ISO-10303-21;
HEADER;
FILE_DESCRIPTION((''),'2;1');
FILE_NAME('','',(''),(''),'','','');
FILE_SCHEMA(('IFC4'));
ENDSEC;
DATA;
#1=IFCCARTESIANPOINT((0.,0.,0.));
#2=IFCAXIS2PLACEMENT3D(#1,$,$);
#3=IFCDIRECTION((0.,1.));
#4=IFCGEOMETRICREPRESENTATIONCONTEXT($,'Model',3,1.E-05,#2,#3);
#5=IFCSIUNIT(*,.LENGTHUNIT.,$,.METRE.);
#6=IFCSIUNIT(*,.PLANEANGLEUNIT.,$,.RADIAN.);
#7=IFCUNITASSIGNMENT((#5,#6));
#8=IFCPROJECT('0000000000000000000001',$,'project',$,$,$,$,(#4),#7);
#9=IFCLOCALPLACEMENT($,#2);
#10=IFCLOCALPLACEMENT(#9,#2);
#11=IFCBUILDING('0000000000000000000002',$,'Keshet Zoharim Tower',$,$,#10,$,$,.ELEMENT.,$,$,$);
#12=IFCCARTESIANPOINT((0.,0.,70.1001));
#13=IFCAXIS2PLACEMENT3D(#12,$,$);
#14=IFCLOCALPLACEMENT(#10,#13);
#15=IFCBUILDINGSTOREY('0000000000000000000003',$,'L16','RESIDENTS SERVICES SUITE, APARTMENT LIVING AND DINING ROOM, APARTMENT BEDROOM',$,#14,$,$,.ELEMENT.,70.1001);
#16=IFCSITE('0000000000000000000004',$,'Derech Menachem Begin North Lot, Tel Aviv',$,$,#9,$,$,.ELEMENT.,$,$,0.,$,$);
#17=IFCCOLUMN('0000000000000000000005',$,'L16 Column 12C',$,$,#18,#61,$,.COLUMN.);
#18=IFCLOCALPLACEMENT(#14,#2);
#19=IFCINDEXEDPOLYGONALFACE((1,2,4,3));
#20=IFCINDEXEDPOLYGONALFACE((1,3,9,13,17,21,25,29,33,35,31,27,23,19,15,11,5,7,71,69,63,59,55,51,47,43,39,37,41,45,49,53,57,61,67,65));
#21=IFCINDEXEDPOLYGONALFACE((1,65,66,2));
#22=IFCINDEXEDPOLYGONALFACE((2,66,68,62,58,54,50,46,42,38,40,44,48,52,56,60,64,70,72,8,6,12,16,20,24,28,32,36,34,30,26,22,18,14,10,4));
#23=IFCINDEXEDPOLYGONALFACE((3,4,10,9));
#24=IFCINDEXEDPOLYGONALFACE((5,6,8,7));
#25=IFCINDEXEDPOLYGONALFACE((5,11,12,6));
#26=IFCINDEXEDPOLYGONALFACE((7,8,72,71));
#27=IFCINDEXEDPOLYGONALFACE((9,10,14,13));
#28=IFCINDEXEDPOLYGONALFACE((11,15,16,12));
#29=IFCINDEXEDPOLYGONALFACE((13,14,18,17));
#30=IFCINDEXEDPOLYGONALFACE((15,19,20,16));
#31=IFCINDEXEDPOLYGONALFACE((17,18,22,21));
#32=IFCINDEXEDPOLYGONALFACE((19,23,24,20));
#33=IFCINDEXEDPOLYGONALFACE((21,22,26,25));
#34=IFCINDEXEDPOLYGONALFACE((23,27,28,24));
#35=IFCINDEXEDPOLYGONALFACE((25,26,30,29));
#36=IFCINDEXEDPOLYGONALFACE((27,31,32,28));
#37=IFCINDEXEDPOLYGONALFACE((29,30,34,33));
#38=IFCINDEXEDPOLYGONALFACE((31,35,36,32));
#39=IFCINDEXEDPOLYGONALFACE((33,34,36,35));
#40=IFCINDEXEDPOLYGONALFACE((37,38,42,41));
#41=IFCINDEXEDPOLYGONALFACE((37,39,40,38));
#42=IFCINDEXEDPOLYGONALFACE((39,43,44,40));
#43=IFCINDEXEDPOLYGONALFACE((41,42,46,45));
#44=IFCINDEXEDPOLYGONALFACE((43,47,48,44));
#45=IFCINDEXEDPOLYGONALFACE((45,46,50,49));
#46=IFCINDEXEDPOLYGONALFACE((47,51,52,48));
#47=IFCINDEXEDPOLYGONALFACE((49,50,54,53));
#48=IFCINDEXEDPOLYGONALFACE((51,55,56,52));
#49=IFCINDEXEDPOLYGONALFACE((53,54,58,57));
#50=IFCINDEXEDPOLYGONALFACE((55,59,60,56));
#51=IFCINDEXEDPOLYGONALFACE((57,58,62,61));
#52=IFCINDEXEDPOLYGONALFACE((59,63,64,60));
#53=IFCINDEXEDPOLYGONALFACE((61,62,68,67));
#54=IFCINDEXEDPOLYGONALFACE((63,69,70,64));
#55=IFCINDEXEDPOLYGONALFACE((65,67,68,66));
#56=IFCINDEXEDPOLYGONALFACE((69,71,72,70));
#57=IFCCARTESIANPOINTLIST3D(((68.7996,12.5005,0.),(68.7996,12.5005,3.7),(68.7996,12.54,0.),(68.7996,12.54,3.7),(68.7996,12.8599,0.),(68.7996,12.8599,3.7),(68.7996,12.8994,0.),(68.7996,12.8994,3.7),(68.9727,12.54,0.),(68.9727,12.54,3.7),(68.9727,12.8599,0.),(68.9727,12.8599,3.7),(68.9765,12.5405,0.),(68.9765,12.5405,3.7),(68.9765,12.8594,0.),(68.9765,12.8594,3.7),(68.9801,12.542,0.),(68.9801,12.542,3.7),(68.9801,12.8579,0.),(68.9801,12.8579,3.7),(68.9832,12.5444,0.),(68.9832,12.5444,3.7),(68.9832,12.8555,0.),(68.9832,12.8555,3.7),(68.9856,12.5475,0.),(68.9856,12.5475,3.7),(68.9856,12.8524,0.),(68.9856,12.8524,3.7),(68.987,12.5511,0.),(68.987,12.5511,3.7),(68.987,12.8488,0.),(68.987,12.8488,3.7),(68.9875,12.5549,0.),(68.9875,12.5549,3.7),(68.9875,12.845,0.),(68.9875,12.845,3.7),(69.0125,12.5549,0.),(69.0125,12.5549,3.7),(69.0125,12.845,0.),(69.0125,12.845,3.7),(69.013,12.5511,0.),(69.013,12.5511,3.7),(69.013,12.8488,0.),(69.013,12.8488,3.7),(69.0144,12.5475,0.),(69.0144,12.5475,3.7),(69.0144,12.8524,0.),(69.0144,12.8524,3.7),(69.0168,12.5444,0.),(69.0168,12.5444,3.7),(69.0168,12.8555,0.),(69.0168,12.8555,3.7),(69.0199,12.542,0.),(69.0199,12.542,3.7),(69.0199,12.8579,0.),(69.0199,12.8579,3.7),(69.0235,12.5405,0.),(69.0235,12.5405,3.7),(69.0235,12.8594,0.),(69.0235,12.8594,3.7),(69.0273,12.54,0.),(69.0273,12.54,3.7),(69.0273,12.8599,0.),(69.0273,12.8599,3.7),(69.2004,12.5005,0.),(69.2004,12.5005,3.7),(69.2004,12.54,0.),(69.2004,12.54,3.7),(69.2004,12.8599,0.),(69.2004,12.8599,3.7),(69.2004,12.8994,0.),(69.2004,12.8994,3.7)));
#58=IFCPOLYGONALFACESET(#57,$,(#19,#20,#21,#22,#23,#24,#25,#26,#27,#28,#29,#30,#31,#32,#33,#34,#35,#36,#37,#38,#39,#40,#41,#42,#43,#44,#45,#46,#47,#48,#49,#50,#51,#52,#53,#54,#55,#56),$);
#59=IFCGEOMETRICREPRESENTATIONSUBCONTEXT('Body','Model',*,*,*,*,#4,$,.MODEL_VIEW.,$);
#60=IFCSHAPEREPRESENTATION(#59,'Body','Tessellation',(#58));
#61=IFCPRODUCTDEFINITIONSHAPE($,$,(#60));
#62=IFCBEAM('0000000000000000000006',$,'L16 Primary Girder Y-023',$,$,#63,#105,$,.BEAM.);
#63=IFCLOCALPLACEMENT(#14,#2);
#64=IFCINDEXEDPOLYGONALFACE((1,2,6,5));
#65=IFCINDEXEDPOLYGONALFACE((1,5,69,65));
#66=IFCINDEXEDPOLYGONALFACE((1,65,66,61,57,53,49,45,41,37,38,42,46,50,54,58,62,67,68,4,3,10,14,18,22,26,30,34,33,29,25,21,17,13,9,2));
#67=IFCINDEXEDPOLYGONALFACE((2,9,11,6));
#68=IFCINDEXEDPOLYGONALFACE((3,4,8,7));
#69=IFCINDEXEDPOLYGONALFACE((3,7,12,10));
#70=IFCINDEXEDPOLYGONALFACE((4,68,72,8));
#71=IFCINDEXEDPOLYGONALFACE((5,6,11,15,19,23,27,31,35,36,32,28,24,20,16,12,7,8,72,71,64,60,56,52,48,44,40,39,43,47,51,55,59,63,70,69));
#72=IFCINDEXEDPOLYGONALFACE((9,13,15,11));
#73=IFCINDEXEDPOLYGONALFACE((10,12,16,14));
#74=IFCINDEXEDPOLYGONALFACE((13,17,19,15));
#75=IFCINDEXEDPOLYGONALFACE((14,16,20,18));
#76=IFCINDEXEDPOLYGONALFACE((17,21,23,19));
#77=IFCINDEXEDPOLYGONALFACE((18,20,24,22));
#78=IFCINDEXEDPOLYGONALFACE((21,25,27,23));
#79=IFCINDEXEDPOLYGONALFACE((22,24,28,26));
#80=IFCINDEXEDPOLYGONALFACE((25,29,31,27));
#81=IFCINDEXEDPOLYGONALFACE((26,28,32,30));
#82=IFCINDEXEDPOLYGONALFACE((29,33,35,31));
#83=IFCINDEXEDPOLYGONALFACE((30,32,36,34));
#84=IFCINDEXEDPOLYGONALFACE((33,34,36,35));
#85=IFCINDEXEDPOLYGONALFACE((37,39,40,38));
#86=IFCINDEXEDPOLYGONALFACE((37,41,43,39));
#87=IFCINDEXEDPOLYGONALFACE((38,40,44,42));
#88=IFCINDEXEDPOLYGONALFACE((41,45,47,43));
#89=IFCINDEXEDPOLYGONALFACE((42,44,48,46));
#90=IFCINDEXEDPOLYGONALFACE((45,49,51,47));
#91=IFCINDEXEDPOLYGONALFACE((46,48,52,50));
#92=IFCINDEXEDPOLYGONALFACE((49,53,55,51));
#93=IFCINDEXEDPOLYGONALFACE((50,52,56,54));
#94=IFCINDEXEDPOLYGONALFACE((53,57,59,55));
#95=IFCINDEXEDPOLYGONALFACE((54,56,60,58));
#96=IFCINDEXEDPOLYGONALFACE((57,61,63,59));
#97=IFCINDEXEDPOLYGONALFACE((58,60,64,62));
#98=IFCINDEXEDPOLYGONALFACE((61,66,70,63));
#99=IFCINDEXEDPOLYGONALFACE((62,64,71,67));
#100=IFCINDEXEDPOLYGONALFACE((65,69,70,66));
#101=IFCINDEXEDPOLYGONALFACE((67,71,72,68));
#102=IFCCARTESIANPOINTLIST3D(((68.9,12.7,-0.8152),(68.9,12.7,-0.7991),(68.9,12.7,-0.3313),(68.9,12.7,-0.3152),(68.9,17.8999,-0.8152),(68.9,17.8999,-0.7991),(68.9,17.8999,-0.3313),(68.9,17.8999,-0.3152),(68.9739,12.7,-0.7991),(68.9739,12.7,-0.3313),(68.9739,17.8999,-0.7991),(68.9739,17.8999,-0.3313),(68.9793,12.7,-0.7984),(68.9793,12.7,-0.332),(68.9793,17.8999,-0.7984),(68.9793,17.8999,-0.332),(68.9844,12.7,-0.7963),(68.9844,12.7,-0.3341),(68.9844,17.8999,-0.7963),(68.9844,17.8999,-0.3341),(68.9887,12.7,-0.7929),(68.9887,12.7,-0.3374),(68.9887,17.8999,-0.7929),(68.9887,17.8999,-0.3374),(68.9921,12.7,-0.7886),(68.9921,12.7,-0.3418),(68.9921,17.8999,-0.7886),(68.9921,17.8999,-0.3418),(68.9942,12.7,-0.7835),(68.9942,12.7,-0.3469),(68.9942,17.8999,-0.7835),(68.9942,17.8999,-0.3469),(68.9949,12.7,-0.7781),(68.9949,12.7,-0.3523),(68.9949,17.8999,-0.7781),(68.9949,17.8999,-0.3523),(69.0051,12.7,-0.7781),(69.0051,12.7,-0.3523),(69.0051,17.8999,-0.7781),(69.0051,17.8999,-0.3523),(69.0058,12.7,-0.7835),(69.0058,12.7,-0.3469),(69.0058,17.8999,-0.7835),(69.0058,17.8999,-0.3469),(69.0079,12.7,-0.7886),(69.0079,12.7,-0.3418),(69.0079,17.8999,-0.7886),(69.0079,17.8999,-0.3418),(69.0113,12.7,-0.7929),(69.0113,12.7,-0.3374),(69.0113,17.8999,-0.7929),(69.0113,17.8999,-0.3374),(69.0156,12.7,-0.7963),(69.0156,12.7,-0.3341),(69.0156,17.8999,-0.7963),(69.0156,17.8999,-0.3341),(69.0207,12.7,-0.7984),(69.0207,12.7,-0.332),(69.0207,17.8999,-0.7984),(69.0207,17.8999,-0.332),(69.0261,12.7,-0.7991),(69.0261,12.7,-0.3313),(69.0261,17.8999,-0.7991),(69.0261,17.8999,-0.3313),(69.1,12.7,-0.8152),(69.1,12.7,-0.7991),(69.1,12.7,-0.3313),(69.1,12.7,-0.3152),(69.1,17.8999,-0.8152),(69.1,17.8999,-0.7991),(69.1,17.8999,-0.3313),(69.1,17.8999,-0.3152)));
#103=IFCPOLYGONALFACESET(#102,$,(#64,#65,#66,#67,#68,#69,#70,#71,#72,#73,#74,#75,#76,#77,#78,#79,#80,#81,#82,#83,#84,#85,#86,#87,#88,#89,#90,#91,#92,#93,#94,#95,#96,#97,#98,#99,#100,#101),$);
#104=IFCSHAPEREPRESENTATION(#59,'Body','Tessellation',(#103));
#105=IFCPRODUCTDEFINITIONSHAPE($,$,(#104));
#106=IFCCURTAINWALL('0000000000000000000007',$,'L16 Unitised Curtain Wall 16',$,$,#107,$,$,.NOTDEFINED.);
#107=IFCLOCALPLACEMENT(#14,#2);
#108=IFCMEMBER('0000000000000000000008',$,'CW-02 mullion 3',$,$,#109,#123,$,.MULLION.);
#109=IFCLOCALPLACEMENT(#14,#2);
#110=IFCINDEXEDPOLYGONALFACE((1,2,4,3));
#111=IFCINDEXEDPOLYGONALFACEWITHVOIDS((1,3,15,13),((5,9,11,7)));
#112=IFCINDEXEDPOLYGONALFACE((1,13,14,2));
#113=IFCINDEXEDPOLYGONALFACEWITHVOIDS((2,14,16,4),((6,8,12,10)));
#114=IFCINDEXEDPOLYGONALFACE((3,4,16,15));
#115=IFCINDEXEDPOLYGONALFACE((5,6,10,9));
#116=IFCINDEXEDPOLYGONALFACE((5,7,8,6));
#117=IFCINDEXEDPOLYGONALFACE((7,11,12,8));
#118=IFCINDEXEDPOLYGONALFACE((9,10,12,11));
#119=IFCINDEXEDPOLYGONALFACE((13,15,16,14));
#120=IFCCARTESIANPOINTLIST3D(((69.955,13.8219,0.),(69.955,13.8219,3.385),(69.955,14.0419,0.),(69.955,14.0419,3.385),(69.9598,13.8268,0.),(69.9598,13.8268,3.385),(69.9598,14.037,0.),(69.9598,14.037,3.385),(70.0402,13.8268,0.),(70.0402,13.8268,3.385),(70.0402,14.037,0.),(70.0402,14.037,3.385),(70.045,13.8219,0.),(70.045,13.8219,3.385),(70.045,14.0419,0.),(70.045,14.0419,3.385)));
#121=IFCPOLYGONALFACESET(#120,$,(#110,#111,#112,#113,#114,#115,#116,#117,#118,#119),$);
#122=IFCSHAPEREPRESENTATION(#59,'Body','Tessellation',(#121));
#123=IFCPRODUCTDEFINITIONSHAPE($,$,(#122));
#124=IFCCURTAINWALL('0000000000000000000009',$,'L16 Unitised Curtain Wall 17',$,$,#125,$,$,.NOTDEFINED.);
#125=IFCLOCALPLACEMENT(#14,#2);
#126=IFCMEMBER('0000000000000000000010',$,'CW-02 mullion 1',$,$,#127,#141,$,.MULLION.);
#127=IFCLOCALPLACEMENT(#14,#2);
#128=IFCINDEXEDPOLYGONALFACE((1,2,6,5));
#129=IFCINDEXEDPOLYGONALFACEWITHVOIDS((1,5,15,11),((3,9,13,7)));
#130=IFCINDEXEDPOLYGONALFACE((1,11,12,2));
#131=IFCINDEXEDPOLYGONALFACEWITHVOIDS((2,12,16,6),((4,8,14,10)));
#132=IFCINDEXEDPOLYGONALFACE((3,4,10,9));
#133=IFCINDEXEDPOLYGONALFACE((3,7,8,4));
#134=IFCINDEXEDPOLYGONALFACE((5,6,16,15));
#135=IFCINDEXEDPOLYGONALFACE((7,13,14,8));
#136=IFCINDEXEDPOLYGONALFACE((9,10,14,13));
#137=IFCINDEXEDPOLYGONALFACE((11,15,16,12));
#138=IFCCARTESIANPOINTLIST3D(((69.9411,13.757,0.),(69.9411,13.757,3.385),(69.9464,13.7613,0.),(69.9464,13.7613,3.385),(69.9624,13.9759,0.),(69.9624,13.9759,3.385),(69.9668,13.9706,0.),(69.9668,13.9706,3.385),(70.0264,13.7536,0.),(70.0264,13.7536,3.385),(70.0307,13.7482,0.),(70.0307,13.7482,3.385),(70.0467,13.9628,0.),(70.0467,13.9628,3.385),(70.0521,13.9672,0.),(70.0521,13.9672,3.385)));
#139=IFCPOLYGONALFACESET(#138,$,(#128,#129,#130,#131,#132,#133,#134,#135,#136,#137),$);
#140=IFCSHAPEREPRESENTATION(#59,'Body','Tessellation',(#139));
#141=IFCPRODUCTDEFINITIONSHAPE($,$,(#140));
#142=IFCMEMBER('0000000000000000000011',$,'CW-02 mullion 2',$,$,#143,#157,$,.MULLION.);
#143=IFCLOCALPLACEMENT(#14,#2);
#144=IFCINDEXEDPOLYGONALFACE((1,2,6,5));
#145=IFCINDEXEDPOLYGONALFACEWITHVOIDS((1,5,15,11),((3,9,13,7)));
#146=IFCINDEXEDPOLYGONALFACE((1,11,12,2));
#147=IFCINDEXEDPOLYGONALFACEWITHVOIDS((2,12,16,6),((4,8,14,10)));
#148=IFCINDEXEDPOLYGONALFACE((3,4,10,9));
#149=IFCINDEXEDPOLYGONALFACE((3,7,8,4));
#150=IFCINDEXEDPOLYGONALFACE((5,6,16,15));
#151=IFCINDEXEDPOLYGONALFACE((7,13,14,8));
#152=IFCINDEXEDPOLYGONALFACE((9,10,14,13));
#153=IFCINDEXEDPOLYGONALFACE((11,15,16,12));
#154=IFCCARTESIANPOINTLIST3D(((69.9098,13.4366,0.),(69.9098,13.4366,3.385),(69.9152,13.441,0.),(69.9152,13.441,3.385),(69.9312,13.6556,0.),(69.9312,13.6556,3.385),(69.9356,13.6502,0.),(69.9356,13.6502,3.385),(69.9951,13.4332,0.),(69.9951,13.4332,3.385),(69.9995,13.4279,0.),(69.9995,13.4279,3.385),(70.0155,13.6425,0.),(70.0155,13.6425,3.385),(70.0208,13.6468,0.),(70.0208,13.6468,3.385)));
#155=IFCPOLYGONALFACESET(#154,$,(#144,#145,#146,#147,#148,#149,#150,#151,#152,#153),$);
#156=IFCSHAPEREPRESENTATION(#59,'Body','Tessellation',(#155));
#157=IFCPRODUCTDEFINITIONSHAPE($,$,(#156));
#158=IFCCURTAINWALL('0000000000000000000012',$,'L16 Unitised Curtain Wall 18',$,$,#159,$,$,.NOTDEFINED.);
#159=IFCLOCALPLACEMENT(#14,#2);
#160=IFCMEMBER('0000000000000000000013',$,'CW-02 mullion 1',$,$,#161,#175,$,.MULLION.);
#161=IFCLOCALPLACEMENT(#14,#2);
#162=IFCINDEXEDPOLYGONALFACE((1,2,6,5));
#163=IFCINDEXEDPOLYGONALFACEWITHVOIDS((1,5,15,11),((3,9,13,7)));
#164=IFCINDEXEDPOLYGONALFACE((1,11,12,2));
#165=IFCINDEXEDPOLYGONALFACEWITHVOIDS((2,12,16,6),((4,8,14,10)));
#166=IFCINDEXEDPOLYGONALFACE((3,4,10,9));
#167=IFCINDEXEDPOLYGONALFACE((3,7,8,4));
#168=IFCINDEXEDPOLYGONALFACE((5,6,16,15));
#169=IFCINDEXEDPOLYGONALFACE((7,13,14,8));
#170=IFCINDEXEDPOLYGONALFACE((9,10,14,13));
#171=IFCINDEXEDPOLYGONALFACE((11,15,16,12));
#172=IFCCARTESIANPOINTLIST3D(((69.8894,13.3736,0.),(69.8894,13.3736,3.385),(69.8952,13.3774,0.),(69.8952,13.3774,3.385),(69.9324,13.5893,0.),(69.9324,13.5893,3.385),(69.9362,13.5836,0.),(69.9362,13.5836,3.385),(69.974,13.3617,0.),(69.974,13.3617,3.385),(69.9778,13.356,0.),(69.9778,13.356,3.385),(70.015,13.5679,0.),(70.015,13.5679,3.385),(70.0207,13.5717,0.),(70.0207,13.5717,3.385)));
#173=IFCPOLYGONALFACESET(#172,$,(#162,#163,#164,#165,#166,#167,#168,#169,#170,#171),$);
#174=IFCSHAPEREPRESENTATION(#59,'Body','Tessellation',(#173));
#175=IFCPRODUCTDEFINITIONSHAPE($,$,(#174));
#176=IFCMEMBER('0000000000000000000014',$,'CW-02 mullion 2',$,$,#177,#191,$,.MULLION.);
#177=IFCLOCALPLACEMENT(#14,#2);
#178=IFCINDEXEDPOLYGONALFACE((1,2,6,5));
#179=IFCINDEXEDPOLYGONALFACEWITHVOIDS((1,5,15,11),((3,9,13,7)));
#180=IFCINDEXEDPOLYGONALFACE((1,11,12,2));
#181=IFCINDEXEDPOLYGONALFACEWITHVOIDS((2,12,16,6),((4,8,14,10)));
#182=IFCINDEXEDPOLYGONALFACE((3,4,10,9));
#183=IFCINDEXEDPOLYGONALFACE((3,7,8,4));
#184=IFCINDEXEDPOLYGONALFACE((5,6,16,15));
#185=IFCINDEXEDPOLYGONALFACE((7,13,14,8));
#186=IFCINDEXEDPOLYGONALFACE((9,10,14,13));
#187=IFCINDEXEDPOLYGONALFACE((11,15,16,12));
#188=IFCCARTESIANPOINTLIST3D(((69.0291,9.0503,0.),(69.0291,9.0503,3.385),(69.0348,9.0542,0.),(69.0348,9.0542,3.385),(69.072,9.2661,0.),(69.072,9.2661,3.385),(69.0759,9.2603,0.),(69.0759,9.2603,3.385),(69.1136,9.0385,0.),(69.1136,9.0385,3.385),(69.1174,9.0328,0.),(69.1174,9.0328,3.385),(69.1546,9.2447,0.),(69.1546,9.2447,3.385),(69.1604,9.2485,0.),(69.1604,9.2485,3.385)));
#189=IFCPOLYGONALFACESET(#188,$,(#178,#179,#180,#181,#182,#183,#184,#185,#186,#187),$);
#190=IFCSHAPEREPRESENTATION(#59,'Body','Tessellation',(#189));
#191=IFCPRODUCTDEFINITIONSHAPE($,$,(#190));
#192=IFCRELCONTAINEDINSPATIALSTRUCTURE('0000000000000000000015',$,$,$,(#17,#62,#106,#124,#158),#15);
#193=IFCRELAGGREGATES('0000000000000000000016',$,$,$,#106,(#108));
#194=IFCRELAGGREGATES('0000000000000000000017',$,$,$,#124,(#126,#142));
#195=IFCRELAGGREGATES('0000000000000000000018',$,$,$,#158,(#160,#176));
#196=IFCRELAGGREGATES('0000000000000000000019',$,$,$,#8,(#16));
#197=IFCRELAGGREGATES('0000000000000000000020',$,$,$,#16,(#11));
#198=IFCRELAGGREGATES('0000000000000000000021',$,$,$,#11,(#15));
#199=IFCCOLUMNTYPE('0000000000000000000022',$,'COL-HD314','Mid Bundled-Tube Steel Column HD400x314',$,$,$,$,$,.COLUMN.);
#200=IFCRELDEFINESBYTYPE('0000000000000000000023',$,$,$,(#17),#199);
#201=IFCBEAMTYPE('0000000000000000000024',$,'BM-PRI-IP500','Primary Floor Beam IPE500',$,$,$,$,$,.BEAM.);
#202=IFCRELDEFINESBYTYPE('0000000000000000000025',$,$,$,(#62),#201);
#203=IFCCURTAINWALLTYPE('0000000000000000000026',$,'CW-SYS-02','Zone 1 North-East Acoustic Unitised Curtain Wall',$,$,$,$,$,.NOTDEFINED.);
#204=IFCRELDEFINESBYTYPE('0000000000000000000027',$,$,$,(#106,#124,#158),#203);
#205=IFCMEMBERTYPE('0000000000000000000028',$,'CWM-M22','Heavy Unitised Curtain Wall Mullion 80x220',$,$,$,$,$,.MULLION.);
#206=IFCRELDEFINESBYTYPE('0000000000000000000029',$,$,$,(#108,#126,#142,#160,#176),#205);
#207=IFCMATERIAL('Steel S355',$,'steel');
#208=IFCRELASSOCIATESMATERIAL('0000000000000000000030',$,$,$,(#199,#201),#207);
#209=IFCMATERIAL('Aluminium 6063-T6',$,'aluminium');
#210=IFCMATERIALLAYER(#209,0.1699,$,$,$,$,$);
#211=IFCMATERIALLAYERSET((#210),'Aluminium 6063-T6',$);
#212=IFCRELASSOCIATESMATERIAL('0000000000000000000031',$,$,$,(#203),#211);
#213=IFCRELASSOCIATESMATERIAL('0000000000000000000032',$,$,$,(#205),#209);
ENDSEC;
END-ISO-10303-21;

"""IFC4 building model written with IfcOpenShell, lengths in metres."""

from ifc_helpers import new_model, si_unit, direction, frame, origin, origin_2d, place, context, subcontext, project, spatial, hollow_rectangle, i_section, extrude, material, layer, layer_set, material_profile, profile_set, type_object, element, aggregate, save


model = new_model("IFC4")

# Units and contexts
model_context = context("Model", 3, precision=1e-05, world=origin(), true_north=direction((0.0, 1.0)))
body_context = subcontext(model_context, "Body", "Model", "MODEL_VIEW")
ifc_project = project(units=[si_unit("LENGTHUNIT", "METRE"), si_unit("PLANEANGLEUNIT", "RADIAN")], contexts=[model_context])

# Site, building, storey
site_placement = place(None, origin())
site = spatial("IfcSite", under=ifc_project, at=site_placement, Name="Derech Menachem Begin North Lot, Tel Aviv", CompositionType="ELEMENT", RefElevation=0.0)
building_placement = place(site_placement, origin())
building = spatial("IfcBuilding", under=site, at=building_placement, Name="Keshet Zoharim Tower", CompositionType="ELEMENT")
storey_placement = place(building_placement, frame((0.0, 0.0, 70.1001)))
storey = spatial("IfcBuildingStorey", under=building, at=storey_placement, Name="L16", Description="RESIDENTS SERVICES SUITE, APARTMENT LIVING AND DINING ROOM, APARTMENT BEDROOM", CompositionType="ELEMENT", Elevation=70.1001)

# Column
ifc_material_1 = material(Name="Steel S355", Category="steel")
ifc_material_profile_1 = material_profile(ifc_material_1, i_section(OverallWidth=0.4009, OverallDepth=0.3989, WebThickness=0.0249, FlangeThickness=0.0396, FilletRadius=0.0149, at=origin_2d()), Name="HD400x314")
ifc_profile_set_1 = profile_set([ifc_material_profile_1], Name="Steel S355")
column_type = type_object("IfcColumnType", Name="COL-HD314", Description="Mid Bundled-Tube Steel Column HD400x314", PredefinedType="COLUMN", material=ifc_profile_set_1)
column_placement = place(storey_placement, frame((69.0, 12.7, 0.0), z_axis=(0.0, 0.0, 1.0), x_axis=(1.0, 0.0, 0.0)))
element("IfcColumn", 1, at=column_placement, inside=storey, type_object=column_type, Name="L16 Column 12C", PredefinedType="COLUMN", context=body_context, shape_type="SweptSolid", body=[
    extrude(i_section(OverallWidth=0.4009, OverallDepth=0.3989, WebThickness=0.0249, FlangeThickness=0.0396, FilletRadius=0.0149, at=origin_2d()), origin(), (0.0, 0.0, 1.0), 3.7),
])

# Beam
ifc_material_profile_2 = material_profile(ifc_material_1, i_section(OverallWidth=0.2, OverallDepth=0.5, WebThickness=0.0103, FlangeThickness=0.0161, FilletRadius=0.021, at=origin_2d()), Name="IPE500")
ifc_profile_set_2 = profile_set([ifc_material_profile_2], Name="Steel S355")
beam_type = type_object("IfcBeamType", Name="BM-PRI-IP500", Description="Primary Floor Beam IPE500", PredefinedType="BEAM", material=ifc_profile_set_2)
beam_placement = place(storey_placement, frame((69.0, 12.7, -0.5652), z_axis=(0.0, 1.0, 0.0), x_axis=(-1.0, 0.0, 0.0)))
element("IfcBeam", 2, at=beam_placement, inside=storey, type_object=beam_type, Name="L16 Primary Girder Y-023", PredefinedType="BEAM", context=body_context, shape_type="SweptSolid", body=[
    extrude(i_section(OverallWidth=0.2, OverallDepth=0.5, WebThickness=0.0103, FlangeThickness=0.0161, FilletRadius=0.021, at=origin_2d()), origin(), (0.0, 0.0, 1.0), 5.2),
])

# Curtain wall, member
ifc_material_2 = material(Name="Aluminium 6063-T6", Category="aluminium")
ifc_layer_1 = layer(ifc_material_2, 0.1699)
ifc_layer_set_1 = layer_set([ifc_layer_1], Name="Aluminium 6063-T6")
curtain_wall_type_1 = type_object("IfcCurtainWallType", Name="CW-SYS-02", Description="Zone 1 North-East Acoustic Unitised Curtain Wall", PredefinedType="NOTDEFINED", material=ifc_layer_set_1)
curtain_wall_1_placement = place(storey_placement, origin())
curtain_wall_1 = element("IfcCurtainWall", 3, at=curtain_wall_1_placement, inside=storey, type_object=curtain_wall_type_1, Name="L16 Unitised Curtain Wall 16", PredefinedType="NOTDEFINED")
ifc_material_profile_3 = material_profile(ifc_material_2, hollow_rectangle(XDim=0.0901, YDim=0.22, WallThickness=0.0049, at=origin_2d()), Name="MUL-90x220")
ifc_profile_set_3 = profile_set([ifc_material_profile_3], Name="Aluminium 6063-T6")
member_type_1 = type_object("IfcMemberType", Name="CWM-M22", Description="Heavy Unitised Curtain Wall Mullion 80x220", PredefinedType="MULLION", material=ifc_profile_set_3)
member_1_placement = place(storey_placement, frame((70.0, 13.9319, 0.0), z_axis=(0.0, 0.0, 1.0), x_axis=(1.0, 0.0, 0.0)))
member_1 = element("IfcMember", 4, at=member_1_placement, type_object=member_type_1, Name="CW-02 mullion 3", PredefinedType="MULLION", context=body_context, shape_type="SweptSolid", body=[
    extrude(hollow_rectangle(XDim=0.0901, YDim=0.22, WallThickness=0.0049, at=origin_2d()), origin(), (0.0, 0.0, 1.0), 3.385),
])
aggregate(curtain_wall_1, [member_1])

# Curtain walls, members
curtain_wall_2_placement = place(storey_placement, origin())
curtain_wall_2 = element("IfcCurtainWall", 5, at=curtain_wall_2_placement, inside=storey, type_object=curtain_wall_type_1, Name="L16 Unitised Curtain Wall 17", PredefinedType="NOTDEFINED")
member_2_placement = place(storey_placement, frame((69.9966, 13.8621, 0.0), z_axis=(0.0, 0.0, 1.0), x_axis=(0.995287, -0.096977, 0.0)))
member_2 = element("IfcMember", 6, at=member_2_placement, type_object=member_type_1, Name="CW-02 mullion 1", PredefinedType="MULLION", context=body_context, shape_type="SweptSolid", body=[
    extrude(hollow_rectangle(XDim=0.0901, YDim=0.22, WallThickness=0.0049, at=origin_2d()), origin(), (0.0, 0.0, 1.0), 3.385),
])
member_3_placement = place(storey_placement, frame((69.9653, 13.5417, 0.0), z_axis=(0.0, 0.0, 1.0), x_axis=(0.995287, -0.096977, 0.0)))
member_3 = element("IfcMember", 7, at=member_3_placement, type_object=member_type_1, Name="CW-02 mullion 2", PredefinedType="MULLION", context=body_context, shape_type="SweptSolid", body=[
    extrude(hollow_rectangle(XDim=0.0901, YDim=0.22, WallThickness=0.0049, at=origin_2d()), origin(), (0.0, 0.0, 1.0), 3.385),
])
curtain_wall_3_placement = place(storey_placement, origin())
curtain_wall_3 = element("IfcCurtainWall", 8, at=curtain_wall_3_placement, inside=storey, type_object=curtain_wall_type_1, Name="L16 Unitised Curtain Wall 18", PredefinedType="NOTDEFINED")
member_4_placement = place(storey_placement, frame((69.9551, 13.4727, 0.0), z_axis=(0.0, 0.0, 1.0), x_axis=(0.980769, -0.195171, 0.0)))
member_4 = element("IfcMember", 9, at=member_4_placement, type_object=member_type_1, Name="CW-02 mullion 1", PredefinedType="MULLION", context=body_context, shape_type="SweptSolid", body=[
    extrude(hollow_rectangle(XDim=0.0901, YDim=0.22, WallThickness=0.0049, at=origin_2d()), origin(), (0.0, 0.0, 1.0), 3.385),
])
member_5_placement = place(storey_placement, frame((69.0947, 9.1494, 0.0), z_axis=(0.0, 0.0, 1.0), x_axis=(0.980769, -0.195171, 0.0)))
member_5 = element("IfcMember", 10, at=member_5_placement, type_object=member_type_1, Name="CW-02 mullion 2", PredefinedType="MULLION", context=body_context, shape_type="SweptSolid", body=[
    extrude(hollow_rectangle(XDim=0.0901, YDim=0.22, WallThickness=0.0049, at=origin_2d()), origin(), (0.0, 0.0, 1.0), 3.385),
])

aggregate(curtain_wall_2, [member_2, member_3])
aggregate(curtain_wall_3, [member_4, member_5])

save(model, "model.ifc")
